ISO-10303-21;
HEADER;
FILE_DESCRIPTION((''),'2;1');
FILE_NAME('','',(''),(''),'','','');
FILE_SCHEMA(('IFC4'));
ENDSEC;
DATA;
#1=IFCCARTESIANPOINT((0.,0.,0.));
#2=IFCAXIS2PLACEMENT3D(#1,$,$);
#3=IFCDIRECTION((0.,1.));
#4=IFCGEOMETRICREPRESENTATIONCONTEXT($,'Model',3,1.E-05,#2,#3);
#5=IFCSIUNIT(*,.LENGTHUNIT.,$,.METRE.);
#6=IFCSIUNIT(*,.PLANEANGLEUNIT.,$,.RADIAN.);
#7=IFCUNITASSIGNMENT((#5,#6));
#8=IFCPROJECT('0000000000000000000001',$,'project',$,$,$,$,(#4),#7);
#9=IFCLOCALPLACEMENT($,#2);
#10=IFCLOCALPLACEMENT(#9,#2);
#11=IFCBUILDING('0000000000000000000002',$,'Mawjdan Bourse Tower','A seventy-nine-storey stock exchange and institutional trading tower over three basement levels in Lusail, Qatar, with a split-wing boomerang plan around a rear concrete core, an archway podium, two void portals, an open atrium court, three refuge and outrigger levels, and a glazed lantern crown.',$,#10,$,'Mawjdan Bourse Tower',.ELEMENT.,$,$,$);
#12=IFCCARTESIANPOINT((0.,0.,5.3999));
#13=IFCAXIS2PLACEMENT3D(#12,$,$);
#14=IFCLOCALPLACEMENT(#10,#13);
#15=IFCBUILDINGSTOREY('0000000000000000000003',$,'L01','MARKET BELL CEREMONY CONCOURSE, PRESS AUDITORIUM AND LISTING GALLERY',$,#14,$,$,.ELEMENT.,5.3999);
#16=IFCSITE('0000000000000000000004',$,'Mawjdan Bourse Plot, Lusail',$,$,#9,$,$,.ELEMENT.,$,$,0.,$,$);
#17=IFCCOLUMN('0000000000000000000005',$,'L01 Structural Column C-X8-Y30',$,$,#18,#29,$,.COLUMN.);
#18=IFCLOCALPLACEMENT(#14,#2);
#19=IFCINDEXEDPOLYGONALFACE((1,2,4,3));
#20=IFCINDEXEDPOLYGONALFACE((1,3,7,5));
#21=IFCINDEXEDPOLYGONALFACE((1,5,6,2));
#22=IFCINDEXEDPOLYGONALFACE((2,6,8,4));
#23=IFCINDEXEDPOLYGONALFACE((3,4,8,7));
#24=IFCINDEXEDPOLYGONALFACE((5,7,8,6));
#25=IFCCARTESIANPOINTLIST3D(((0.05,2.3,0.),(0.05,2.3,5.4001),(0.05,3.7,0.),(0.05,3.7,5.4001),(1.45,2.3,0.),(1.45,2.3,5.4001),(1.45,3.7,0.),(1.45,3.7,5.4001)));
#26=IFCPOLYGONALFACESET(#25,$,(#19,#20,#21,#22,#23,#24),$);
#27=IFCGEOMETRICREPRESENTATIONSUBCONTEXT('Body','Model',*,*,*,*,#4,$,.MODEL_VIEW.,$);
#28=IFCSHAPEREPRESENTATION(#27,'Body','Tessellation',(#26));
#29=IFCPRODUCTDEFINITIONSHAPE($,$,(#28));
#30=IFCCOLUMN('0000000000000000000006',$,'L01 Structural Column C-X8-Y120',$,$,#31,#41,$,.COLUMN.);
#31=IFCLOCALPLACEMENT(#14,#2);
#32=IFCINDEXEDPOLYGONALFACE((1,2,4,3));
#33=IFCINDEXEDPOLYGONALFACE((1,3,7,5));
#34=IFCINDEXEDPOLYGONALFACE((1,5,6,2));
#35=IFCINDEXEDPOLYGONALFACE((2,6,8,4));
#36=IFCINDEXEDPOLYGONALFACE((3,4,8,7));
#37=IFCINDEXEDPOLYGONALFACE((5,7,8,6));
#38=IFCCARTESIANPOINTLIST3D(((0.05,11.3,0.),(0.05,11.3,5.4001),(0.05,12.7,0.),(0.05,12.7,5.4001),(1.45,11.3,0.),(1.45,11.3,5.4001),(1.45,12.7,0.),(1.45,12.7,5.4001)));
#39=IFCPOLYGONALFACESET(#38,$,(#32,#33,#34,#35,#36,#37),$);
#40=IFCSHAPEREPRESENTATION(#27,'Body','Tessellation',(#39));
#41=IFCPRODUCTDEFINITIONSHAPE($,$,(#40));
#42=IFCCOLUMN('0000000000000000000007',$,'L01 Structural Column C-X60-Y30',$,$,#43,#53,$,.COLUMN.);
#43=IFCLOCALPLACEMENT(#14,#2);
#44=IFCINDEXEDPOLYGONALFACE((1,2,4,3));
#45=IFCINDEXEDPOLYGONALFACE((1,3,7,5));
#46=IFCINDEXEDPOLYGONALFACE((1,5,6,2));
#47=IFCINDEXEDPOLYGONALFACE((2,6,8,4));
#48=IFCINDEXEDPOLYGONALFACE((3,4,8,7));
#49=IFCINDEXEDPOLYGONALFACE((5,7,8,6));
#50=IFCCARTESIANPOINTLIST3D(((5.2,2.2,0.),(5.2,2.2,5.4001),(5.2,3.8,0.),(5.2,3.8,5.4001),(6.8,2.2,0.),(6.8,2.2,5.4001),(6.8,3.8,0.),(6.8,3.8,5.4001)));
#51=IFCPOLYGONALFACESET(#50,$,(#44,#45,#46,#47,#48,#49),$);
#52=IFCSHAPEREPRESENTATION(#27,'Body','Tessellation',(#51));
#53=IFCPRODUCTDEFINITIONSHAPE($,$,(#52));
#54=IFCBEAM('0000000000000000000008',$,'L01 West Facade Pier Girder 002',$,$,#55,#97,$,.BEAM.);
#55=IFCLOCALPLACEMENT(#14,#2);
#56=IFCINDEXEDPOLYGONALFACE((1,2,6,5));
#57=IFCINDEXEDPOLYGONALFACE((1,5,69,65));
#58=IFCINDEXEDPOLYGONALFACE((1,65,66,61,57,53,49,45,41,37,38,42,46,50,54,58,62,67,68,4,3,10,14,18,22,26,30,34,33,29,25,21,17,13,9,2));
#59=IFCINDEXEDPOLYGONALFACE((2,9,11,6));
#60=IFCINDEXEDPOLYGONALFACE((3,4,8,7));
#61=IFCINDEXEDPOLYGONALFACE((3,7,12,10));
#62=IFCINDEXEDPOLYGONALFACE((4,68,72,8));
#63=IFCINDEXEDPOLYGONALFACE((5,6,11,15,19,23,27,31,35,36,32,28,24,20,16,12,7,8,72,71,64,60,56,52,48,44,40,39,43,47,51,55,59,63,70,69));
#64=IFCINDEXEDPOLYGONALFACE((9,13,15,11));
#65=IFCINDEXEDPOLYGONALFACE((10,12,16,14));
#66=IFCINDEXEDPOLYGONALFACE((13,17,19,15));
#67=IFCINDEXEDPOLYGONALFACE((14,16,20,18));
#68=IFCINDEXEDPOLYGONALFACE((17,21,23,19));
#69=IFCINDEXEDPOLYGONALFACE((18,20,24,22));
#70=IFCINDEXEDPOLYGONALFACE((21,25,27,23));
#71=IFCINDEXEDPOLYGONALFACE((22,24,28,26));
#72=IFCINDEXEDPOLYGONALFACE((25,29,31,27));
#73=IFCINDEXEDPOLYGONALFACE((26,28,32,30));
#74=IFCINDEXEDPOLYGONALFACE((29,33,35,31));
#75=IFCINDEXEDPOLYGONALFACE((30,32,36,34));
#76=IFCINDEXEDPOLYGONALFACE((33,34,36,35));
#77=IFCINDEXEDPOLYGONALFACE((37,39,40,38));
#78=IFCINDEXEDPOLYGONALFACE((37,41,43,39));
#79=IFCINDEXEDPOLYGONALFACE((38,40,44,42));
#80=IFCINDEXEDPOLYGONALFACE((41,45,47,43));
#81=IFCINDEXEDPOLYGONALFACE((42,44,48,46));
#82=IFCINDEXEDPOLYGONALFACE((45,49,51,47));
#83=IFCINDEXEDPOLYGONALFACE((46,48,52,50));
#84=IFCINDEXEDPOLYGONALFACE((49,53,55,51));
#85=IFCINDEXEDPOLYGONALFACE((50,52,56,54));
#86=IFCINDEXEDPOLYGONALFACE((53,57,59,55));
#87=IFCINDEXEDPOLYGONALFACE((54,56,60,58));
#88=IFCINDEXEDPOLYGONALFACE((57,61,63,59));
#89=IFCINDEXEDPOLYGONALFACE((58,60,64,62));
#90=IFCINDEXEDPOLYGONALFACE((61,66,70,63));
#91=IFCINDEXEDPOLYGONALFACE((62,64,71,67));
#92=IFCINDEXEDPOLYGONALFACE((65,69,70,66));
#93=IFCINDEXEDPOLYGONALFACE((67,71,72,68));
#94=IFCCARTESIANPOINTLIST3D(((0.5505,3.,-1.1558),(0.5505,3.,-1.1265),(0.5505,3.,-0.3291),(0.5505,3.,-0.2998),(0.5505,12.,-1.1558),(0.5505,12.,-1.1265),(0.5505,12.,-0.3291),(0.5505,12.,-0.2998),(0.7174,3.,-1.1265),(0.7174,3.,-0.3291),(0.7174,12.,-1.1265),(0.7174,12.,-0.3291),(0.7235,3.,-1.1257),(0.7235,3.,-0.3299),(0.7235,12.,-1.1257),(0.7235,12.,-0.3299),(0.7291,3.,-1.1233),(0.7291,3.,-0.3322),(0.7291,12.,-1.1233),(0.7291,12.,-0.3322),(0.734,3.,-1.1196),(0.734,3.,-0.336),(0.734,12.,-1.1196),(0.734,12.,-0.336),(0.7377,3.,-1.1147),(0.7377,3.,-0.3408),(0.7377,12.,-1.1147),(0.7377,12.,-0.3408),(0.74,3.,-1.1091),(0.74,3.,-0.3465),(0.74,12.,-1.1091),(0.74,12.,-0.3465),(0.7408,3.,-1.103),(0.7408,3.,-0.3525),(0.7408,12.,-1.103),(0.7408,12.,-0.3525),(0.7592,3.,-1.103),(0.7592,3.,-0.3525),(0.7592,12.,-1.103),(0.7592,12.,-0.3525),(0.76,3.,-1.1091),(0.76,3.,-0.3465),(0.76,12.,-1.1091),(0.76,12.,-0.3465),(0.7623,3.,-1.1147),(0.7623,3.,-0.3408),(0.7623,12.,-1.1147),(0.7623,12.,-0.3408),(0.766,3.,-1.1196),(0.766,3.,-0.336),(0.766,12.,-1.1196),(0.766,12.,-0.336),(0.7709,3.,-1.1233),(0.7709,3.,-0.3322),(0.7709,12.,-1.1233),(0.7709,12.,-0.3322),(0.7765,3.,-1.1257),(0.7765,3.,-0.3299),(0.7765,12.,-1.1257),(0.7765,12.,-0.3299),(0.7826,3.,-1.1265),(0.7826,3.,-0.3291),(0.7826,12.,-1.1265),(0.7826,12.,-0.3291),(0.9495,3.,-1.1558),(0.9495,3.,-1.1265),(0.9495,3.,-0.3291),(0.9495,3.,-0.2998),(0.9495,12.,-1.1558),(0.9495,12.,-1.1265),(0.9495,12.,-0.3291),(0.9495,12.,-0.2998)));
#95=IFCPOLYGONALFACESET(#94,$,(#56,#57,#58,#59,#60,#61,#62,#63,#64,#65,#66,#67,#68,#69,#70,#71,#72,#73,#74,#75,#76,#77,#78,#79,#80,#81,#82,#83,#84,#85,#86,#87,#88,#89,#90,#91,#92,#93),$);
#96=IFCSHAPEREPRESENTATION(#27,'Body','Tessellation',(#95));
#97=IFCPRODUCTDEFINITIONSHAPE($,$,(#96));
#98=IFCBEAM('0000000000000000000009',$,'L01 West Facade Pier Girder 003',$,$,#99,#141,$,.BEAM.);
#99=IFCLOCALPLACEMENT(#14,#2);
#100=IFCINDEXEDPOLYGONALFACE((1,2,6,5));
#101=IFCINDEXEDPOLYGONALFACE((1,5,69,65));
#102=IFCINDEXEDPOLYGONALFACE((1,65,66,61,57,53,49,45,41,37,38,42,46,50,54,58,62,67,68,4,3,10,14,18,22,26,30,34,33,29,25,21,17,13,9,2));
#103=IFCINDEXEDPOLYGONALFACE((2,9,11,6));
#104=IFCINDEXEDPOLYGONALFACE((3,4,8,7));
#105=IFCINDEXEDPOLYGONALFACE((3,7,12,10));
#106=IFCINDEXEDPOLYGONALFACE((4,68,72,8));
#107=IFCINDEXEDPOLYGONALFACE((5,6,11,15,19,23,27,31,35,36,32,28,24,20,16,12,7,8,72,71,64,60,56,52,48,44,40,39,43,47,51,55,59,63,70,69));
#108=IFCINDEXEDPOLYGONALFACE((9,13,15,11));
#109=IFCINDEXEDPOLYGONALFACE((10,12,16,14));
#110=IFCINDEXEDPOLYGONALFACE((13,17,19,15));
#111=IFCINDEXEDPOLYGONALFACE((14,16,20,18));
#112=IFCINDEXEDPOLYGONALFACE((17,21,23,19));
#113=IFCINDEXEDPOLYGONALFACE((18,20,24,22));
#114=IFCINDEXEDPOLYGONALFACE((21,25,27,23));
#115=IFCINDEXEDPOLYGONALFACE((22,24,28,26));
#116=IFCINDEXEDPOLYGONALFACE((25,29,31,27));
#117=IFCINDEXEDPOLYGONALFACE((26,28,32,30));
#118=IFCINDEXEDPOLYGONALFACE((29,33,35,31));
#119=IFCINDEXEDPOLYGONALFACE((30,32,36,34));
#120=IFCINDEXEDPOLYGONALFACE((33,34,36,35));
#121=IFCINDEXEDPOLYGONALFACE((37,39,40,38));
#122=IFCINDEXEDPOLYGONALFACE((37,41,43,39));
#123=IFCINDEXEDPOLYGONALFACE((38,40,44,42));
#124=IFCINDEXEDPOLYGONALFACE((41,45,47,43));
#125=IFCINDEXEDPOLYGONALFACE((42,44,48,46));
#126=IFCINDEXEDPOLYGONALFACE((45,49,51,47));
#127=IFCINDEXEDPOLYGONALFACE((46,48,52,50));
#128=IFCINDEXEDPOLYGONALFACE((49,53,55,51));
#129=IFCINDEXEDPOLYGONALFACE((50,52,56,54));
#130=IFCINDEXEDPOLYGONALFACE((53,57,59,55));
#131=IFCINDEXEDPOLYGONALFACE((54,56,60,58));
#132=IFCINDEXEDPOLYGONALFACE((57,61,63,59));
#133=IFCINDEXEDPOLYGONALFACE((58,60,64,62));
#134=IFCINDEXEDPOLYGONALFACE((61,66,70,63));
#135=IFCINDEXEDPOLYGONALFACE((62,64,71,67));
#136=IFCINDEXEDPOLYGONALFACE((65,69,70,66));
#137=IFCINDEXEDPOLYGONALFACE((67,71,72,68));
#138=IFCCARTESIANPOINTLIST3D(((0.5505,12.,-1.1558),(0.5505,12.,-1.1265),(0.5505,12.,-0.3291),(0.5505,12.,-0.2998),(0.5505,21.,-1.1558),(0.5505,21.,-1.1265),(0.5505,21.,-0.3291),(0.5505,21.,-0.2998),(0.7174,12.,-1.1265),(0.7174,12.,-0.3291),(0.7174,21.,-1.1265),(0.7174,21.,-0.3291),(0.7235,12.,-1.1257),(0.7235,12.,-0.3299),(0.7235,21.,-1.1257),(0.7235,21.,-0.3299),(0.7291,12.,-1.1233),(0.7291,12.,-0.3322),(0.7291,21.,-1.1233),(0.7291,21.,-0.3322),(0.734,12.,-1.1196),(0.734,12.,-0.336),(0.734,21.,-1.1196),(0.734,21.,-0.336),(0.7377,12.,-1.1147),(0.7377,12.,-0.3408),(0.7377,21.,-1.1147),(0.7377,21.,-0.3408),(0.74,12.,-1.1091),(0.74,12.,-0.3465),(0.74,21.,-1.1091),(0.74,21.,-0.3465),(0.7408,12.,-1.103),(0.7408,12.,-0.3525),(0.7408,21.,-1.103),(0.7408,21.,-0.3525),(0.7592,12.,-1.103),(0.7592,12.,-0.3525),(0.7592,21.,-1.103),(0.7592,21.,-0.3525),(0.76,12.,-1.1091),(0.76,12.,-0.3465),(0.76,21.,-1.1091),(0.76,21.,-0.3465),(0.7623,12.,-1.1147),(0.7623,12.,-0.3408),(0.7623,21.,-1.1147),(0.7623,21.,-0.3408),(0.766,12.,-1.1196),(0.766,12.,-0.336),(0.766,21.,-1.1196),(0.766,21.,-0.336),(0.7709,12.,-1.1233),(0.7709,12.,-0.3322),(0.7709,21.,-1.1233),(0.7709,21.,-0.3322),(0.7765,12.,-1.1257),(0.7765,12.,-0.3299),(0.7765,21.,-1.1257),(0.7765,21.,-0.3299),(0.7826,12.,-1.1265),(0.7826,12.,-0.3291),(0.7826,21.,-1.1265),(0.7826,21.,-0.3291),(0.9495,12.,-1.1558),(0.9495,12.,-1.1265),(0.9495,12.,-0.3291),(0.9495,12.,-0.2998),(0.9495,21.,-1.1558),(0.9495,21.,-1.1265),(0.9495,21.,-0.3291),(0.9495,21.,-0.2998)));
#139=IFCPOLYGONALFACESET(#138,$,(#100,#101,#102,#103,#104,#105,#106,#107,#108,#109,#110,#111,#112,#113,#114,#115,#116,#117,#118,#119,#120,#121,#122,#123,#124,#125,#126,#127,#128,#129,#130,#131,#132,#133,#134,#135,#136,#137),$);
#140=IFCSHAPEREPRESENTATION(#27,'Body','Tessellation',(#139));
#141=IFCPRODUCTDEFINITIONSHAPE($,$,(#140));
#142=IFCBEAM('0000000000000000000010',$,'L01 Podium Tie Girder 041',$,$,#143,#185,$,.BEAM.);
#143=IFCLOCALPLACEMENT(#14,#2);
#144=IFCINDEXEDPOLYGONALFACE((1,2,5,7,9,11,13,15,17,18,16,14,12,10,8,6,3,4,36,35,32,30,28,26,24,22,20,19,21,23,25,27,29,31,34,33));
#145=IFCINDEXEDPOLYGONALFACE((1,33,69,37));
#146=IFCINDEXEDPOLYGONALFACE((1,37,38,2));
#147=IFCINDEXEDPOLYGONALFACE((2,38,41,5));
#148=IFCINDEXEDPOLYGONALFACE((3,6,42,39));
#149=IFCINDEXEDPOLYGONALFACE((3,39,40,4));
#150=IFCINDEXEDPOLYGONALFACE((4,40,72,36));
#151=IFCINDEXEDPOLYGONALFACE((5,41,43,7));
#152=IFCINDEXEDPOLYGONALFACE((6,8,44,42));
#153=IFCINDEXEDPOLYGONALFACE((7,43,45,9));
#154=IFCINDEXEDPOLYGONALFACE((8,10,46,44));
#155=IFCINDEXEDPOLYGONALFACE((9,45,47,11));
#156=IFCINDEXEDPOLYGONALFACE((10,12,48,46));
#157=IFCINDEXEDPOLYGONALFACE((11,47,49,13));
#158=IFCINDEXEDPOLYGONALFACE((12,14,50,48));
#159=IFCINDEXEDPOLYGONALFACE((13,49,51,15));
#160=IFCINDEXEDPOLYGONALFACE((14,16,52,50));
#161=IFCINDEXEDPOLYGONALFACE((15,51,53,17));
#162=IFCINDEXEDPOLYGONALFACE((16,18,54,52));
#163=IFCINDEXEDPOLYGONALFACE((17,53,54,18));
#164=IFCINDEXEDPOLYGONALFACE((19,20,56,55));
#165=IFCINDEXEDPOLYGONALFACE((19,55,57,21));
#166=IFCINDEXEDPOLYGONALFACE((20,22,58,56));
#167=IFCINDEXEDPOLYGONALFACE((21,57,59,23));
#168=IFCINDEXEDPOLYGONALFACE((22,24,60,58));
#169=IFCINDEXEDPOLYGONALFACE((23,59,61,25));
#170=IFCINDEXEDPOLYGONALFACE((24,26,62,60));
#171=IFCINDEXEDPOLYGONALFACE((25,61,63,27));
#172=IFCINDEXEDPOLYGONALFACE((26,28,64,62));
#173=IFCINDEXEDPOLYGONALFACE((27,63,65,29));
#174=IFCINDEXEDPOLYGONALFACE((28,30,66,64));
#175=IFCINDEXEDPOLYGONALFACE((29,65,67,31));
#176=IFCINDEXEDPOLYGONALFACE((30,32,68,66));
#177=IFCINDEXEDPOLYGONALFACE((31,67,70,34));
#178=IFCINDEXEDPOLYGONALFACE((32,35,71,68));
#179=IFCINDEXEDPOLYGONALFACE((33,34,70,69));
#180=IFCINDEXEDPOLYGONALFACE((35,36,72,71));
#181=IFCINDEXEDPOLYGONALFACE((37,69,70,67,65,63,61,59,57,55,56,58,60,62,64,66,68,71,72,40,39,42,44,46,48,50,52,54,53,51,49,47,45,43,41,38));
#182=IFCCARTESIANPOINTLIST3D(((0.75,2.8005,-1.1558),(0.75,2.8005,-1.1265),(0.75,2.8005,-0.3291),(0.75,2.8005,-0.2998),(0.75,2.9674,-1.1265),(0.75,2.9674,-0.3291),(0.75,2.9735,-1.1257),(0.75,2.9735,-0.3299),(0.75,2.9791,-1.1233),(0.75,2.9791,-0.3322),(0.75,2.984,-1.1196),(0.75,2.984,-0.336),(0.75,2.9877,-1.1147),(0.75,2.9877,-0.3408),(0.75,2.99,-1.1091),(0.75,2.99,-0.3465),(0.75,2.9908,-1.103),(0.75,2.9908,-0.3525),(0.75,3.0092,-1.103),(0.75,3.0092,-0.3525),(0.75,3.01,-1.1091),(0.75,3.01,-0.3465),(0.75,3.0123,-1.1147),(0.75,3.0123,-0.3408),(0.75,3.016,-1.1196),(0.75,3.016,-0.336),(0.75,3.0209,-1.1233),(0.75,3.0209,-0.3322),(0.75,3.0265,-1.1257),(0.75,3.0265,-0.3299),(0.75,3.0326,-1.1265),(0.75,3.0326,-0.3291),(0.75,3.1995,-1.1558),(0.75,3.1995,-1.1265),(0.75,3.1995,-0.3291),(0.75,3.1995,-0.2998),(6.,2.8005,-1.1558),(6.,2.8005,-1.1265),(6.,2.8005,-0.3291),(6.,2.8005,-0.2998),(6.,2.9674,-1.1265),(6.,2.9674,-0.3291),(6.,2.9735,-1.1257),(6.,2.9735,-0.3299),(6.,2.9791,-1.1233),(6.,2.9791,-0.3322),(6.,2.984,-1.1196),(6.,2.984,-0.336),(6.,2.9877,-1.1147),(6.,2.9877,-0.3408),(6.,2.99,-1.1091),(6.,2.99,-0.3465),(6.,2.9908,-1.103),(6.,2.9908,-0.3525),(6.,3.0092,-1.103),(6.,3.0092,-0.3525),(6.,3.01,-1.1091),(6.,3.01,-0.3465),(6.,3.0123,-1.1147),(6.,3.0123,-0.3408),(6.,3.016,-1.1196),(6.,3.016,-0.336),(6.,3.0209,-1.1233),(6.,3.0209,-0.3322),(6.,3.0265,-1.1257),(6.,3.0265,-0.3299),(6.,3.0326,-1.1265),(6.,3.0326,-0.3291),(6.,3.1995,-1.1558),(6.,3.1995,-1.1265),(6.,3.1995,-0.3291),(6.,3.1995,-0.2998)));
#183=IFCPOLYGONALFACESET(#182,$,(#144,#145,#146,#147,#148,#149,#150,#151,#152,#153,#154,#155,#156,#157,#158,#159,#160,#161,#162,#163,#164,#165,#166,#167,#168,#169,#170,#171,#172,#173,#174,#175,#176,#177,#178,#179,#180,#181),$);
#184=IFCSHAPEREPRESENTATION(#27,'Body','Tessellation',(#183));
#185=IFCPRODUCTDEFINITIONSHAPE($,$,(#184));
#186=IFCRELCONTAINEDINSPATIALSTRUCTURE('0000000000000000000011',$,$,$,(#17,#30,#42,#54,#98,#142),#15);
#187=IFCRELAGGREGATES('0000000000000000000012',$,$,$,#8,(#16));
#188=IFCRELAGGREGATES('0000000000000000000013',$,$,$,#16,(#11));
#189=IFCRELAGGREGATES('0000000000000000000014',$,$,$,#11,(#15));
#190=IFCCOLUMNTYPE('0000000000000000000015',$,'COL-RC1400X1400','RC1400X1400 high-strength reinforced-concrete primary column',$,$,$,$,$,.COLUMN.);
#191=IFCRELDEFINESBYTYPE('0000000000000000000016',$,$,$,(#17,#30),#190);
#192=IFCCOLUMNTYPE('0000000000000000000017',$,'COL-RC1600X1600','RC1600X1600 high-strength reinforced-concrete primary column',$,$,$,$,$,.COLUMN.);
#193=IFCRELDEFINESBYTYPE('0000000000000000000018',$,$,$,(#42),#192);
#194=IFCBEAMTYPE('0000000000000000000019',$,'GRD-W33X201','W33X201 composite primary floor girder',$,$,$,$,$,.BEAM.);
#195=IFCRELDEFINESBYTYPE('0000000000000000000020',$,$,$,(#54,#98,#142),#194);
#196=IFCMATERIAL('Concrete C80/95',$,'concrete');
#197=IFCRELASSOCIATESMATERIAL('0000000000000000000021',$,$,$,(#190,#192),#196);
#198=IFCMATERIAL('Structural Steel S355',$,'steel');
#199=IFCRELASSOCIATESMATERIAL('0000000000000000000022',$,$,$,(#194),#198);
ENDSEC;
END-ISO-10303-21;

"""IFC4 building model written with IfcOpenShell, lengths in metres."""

from ifc_helpers import new_model, si_unit, direction, frame, origin, origin_2d, place, context, subcontext, project, spatial, rectangle, i_section, extrude, material, material_profile, profile_set, type_object, element, save


model = new_model("IFC4")

# Units and contexts
model_context = context("Model", 3, precision=1e-05, world=origin(), true_north=direction((0.0, 1.0)))
body_context = subcontext(model_context, "Body", "Model", "MODEL_VIEW")
ifc_project = project(units=[si_unit("LENGTHUNIT", "METRE"), si_unit("PLANEANGLEUNIT", "RADIAN")], contexts=[model_context])

# Site, building, storey
site_placement = place(None, origin())
site = spatial("IfcSite", under=ifc_project, at=site_placement, Name="Mawjdan Bourse Plot, Lusail", CompositionType="ELEMENT", RefElevation=0.0)
building_placement = place(site_placement, origin())
building = spatial("IfcBuilding", under=site, at=building_placement, Name="Mawjdan Bourse Tower", Description="A seventy-nine-storey stock exchange and institutional trading tower over three basement levels in Lusail, Qatar, with a split-wing boomerang plan around a rear concrete core, an archway podium, two void portals, an open atrium court, three refuge and outrigger levels, and a glazed lantern crown.", LongName="Mawjdan Bourse Tower", CompositionType="ELEMENT")
storey_placement = place(building_placement, frame((0.0, 0.0, 5.3999)))
storey = spatial("IfcBuildingStorey", under=building, at=storey_placement, Name="L01", Description="MARKET BELL CEREMONY CONCOURSE, PRESS AUDITORIUM AND LISTING GALLERY", CompositionType="ELEMENT", Elevation=5.3999)

# Columns
ifc_material_1 = material(Name="Concrete C80/95", Category="concrete")
ifc_material_profile_1 = material_profile(ifc_material_1, rectangle(XDim=1.3999, YDim=1.3999, at=origin_2d()), Name="RC1400X1400")
ifc_profile_set_1 = profile_set([ifc_material_profile_1], Name="Concrete C80/95")
column_type_1 = type_object("IfcColumnType", Name="COL-RC1400X1400", Description="RC1400X1400 high-strength reinforced-concrete primary column", PredefinedType="COLUMN", material=ifc_profile_set_1)
for number, where, z_axis, x_axis, name in (
    (1, (0.75, 3.0, 0.0), (0.0, 0.0, 1.0), (1.0, 0.0, 0.0), "L01 Structural Column C-X8-Y30"),
    (2, (0.75, 12.0, 0.0), (0.0, 0.0, 1.0), (1.0, 0.0, 0.0), "L01 Structural Column C-X8-Y120"),
):
    element("IfcColumn", number, at=place(storey_placement, frame(where, z_axis=z_axis, x_axis=x_axis)), inside=storey, type_object=column_type_1, Name=name, PredefinedType="COLUMN", context=body_context, shape_type="SweptSolid", body=[
        extrude(rectangle(XDim=1.3999, YDim=1.3999, at=origin_2d()), origin(), (0.0, 0.0, 1.0), 5.4001),
    ])
ifc_material_profile_2 = material_profile(ifc_material_1, rectangle(XDim=1.6001, YDim=1.6001, at=origin_2d()), Name="RC1600X1600")
ifc_profile_set_2 = profile_set([ifc_material_profile_2], Name="Concrete C80/95")
column_type_2 = type_object("IfcColumnType", Name="COL-RC1600X1600", Description="RC1600X1600 high-strength reinforced-concrete primary column", PredefinedType="COLUMN", material=ifc_profile_set_2)
column_placement = place(storey_placement, frame((6.0, 3.0, 0.0), z_axis=(0.0, 0.0, 1.0), x_axis=(1.0, 0.0, 0.0)))
element("IfcColumn", 3, at=column_placement, inside=storey, type_object=column_type_2, Name="L01 Structural Column C-X60-Y30", PredefinedType="COLUMN", context=body_context, shape_type="SweptSolid", body=[
    extrude(rectangle(XDim=1.6001, YDim=1.6001, at=origin_2d()), origin(), (0.0, 0.0, 1.0), 5.4001),
])

# Beams
ifc_material_2 = material(Name="Structural Steel S355", Category="steel")
ifc_material_profile_3 = material_profile(ifc_material_2, i_section(OverallWidth=0.3989, OverallDepth=0.856, WebThickness=0.0183, FlangeThickness=0.0293, FilletRadius=0.0234, at=origin_2d()), Name="W33X201")
ifc_profile_set_3 = profile_set([ifc_material_profile_3], Name="Structural Steel S355")
beam_type_1 = type_object("IfcBeamType", Name="GRD-W33X201", Description="W33X201 composite primary floor girder", PredefinedType="BEAM", material=ifc_profile_set_3)
for number, where, z_axis, x_axis, name in (
    (4, (0.75, 3.0, -0.7278), (0.0, 1.0, 0.0), (-1.0, 0.0, 0.0), "L01 West Facade Pier Girder 002"),
    (5, (0.75, 12.0, -0.7278), (0.0, 1.0, 0.0), (-1.0, 0.0, 0.0), "L01 West Facade Pier Girder 003"),
):
    element("IfcBeam", number, at=place(storey_placement, frame(where, z_axis=z_axis, x_axis=x_axis)), inside=storey, type_object=beam_type_1, Name=name, PredefinedType="BEAM", context=body_context, shape_type="SweptSolid", body=[
        extrude(i_section(OverallWidth=0.3989, OverallDepth=0.856, WebThickness=0.0183, FlangeThickness=0.0293, FilletRadius=0.0234, at=origin_2d()), origin(), (0.0, 0.0, 1.0), 9.0),
    ])
beam_1_placement = place(storey_placement, frame((0.75, 3.0, -0.7278), z_axis=(1.0, 0.0, 0.0), x_axis=(0.0, 1.0, 0.0)))
element("IfcBeam", 6, at=beam_1_placement, inside=storey, type_object=beam_type_1, Name="L01 Podium Tie Girder 041", PredefinedType="BEAM", context=body_context, shape_type="SweptSolid", body=[
    extrude(i_section(OverallWidth=0.3989, OverallDepth=0.856, WebThickness=0.0183, FlangeThickness=0.0293, FilletRadius=0.0234, at=origin_2d()), origin(), (0.0, 0.0, 1.0), 5.25),
])

save(model, "model.ifc")
